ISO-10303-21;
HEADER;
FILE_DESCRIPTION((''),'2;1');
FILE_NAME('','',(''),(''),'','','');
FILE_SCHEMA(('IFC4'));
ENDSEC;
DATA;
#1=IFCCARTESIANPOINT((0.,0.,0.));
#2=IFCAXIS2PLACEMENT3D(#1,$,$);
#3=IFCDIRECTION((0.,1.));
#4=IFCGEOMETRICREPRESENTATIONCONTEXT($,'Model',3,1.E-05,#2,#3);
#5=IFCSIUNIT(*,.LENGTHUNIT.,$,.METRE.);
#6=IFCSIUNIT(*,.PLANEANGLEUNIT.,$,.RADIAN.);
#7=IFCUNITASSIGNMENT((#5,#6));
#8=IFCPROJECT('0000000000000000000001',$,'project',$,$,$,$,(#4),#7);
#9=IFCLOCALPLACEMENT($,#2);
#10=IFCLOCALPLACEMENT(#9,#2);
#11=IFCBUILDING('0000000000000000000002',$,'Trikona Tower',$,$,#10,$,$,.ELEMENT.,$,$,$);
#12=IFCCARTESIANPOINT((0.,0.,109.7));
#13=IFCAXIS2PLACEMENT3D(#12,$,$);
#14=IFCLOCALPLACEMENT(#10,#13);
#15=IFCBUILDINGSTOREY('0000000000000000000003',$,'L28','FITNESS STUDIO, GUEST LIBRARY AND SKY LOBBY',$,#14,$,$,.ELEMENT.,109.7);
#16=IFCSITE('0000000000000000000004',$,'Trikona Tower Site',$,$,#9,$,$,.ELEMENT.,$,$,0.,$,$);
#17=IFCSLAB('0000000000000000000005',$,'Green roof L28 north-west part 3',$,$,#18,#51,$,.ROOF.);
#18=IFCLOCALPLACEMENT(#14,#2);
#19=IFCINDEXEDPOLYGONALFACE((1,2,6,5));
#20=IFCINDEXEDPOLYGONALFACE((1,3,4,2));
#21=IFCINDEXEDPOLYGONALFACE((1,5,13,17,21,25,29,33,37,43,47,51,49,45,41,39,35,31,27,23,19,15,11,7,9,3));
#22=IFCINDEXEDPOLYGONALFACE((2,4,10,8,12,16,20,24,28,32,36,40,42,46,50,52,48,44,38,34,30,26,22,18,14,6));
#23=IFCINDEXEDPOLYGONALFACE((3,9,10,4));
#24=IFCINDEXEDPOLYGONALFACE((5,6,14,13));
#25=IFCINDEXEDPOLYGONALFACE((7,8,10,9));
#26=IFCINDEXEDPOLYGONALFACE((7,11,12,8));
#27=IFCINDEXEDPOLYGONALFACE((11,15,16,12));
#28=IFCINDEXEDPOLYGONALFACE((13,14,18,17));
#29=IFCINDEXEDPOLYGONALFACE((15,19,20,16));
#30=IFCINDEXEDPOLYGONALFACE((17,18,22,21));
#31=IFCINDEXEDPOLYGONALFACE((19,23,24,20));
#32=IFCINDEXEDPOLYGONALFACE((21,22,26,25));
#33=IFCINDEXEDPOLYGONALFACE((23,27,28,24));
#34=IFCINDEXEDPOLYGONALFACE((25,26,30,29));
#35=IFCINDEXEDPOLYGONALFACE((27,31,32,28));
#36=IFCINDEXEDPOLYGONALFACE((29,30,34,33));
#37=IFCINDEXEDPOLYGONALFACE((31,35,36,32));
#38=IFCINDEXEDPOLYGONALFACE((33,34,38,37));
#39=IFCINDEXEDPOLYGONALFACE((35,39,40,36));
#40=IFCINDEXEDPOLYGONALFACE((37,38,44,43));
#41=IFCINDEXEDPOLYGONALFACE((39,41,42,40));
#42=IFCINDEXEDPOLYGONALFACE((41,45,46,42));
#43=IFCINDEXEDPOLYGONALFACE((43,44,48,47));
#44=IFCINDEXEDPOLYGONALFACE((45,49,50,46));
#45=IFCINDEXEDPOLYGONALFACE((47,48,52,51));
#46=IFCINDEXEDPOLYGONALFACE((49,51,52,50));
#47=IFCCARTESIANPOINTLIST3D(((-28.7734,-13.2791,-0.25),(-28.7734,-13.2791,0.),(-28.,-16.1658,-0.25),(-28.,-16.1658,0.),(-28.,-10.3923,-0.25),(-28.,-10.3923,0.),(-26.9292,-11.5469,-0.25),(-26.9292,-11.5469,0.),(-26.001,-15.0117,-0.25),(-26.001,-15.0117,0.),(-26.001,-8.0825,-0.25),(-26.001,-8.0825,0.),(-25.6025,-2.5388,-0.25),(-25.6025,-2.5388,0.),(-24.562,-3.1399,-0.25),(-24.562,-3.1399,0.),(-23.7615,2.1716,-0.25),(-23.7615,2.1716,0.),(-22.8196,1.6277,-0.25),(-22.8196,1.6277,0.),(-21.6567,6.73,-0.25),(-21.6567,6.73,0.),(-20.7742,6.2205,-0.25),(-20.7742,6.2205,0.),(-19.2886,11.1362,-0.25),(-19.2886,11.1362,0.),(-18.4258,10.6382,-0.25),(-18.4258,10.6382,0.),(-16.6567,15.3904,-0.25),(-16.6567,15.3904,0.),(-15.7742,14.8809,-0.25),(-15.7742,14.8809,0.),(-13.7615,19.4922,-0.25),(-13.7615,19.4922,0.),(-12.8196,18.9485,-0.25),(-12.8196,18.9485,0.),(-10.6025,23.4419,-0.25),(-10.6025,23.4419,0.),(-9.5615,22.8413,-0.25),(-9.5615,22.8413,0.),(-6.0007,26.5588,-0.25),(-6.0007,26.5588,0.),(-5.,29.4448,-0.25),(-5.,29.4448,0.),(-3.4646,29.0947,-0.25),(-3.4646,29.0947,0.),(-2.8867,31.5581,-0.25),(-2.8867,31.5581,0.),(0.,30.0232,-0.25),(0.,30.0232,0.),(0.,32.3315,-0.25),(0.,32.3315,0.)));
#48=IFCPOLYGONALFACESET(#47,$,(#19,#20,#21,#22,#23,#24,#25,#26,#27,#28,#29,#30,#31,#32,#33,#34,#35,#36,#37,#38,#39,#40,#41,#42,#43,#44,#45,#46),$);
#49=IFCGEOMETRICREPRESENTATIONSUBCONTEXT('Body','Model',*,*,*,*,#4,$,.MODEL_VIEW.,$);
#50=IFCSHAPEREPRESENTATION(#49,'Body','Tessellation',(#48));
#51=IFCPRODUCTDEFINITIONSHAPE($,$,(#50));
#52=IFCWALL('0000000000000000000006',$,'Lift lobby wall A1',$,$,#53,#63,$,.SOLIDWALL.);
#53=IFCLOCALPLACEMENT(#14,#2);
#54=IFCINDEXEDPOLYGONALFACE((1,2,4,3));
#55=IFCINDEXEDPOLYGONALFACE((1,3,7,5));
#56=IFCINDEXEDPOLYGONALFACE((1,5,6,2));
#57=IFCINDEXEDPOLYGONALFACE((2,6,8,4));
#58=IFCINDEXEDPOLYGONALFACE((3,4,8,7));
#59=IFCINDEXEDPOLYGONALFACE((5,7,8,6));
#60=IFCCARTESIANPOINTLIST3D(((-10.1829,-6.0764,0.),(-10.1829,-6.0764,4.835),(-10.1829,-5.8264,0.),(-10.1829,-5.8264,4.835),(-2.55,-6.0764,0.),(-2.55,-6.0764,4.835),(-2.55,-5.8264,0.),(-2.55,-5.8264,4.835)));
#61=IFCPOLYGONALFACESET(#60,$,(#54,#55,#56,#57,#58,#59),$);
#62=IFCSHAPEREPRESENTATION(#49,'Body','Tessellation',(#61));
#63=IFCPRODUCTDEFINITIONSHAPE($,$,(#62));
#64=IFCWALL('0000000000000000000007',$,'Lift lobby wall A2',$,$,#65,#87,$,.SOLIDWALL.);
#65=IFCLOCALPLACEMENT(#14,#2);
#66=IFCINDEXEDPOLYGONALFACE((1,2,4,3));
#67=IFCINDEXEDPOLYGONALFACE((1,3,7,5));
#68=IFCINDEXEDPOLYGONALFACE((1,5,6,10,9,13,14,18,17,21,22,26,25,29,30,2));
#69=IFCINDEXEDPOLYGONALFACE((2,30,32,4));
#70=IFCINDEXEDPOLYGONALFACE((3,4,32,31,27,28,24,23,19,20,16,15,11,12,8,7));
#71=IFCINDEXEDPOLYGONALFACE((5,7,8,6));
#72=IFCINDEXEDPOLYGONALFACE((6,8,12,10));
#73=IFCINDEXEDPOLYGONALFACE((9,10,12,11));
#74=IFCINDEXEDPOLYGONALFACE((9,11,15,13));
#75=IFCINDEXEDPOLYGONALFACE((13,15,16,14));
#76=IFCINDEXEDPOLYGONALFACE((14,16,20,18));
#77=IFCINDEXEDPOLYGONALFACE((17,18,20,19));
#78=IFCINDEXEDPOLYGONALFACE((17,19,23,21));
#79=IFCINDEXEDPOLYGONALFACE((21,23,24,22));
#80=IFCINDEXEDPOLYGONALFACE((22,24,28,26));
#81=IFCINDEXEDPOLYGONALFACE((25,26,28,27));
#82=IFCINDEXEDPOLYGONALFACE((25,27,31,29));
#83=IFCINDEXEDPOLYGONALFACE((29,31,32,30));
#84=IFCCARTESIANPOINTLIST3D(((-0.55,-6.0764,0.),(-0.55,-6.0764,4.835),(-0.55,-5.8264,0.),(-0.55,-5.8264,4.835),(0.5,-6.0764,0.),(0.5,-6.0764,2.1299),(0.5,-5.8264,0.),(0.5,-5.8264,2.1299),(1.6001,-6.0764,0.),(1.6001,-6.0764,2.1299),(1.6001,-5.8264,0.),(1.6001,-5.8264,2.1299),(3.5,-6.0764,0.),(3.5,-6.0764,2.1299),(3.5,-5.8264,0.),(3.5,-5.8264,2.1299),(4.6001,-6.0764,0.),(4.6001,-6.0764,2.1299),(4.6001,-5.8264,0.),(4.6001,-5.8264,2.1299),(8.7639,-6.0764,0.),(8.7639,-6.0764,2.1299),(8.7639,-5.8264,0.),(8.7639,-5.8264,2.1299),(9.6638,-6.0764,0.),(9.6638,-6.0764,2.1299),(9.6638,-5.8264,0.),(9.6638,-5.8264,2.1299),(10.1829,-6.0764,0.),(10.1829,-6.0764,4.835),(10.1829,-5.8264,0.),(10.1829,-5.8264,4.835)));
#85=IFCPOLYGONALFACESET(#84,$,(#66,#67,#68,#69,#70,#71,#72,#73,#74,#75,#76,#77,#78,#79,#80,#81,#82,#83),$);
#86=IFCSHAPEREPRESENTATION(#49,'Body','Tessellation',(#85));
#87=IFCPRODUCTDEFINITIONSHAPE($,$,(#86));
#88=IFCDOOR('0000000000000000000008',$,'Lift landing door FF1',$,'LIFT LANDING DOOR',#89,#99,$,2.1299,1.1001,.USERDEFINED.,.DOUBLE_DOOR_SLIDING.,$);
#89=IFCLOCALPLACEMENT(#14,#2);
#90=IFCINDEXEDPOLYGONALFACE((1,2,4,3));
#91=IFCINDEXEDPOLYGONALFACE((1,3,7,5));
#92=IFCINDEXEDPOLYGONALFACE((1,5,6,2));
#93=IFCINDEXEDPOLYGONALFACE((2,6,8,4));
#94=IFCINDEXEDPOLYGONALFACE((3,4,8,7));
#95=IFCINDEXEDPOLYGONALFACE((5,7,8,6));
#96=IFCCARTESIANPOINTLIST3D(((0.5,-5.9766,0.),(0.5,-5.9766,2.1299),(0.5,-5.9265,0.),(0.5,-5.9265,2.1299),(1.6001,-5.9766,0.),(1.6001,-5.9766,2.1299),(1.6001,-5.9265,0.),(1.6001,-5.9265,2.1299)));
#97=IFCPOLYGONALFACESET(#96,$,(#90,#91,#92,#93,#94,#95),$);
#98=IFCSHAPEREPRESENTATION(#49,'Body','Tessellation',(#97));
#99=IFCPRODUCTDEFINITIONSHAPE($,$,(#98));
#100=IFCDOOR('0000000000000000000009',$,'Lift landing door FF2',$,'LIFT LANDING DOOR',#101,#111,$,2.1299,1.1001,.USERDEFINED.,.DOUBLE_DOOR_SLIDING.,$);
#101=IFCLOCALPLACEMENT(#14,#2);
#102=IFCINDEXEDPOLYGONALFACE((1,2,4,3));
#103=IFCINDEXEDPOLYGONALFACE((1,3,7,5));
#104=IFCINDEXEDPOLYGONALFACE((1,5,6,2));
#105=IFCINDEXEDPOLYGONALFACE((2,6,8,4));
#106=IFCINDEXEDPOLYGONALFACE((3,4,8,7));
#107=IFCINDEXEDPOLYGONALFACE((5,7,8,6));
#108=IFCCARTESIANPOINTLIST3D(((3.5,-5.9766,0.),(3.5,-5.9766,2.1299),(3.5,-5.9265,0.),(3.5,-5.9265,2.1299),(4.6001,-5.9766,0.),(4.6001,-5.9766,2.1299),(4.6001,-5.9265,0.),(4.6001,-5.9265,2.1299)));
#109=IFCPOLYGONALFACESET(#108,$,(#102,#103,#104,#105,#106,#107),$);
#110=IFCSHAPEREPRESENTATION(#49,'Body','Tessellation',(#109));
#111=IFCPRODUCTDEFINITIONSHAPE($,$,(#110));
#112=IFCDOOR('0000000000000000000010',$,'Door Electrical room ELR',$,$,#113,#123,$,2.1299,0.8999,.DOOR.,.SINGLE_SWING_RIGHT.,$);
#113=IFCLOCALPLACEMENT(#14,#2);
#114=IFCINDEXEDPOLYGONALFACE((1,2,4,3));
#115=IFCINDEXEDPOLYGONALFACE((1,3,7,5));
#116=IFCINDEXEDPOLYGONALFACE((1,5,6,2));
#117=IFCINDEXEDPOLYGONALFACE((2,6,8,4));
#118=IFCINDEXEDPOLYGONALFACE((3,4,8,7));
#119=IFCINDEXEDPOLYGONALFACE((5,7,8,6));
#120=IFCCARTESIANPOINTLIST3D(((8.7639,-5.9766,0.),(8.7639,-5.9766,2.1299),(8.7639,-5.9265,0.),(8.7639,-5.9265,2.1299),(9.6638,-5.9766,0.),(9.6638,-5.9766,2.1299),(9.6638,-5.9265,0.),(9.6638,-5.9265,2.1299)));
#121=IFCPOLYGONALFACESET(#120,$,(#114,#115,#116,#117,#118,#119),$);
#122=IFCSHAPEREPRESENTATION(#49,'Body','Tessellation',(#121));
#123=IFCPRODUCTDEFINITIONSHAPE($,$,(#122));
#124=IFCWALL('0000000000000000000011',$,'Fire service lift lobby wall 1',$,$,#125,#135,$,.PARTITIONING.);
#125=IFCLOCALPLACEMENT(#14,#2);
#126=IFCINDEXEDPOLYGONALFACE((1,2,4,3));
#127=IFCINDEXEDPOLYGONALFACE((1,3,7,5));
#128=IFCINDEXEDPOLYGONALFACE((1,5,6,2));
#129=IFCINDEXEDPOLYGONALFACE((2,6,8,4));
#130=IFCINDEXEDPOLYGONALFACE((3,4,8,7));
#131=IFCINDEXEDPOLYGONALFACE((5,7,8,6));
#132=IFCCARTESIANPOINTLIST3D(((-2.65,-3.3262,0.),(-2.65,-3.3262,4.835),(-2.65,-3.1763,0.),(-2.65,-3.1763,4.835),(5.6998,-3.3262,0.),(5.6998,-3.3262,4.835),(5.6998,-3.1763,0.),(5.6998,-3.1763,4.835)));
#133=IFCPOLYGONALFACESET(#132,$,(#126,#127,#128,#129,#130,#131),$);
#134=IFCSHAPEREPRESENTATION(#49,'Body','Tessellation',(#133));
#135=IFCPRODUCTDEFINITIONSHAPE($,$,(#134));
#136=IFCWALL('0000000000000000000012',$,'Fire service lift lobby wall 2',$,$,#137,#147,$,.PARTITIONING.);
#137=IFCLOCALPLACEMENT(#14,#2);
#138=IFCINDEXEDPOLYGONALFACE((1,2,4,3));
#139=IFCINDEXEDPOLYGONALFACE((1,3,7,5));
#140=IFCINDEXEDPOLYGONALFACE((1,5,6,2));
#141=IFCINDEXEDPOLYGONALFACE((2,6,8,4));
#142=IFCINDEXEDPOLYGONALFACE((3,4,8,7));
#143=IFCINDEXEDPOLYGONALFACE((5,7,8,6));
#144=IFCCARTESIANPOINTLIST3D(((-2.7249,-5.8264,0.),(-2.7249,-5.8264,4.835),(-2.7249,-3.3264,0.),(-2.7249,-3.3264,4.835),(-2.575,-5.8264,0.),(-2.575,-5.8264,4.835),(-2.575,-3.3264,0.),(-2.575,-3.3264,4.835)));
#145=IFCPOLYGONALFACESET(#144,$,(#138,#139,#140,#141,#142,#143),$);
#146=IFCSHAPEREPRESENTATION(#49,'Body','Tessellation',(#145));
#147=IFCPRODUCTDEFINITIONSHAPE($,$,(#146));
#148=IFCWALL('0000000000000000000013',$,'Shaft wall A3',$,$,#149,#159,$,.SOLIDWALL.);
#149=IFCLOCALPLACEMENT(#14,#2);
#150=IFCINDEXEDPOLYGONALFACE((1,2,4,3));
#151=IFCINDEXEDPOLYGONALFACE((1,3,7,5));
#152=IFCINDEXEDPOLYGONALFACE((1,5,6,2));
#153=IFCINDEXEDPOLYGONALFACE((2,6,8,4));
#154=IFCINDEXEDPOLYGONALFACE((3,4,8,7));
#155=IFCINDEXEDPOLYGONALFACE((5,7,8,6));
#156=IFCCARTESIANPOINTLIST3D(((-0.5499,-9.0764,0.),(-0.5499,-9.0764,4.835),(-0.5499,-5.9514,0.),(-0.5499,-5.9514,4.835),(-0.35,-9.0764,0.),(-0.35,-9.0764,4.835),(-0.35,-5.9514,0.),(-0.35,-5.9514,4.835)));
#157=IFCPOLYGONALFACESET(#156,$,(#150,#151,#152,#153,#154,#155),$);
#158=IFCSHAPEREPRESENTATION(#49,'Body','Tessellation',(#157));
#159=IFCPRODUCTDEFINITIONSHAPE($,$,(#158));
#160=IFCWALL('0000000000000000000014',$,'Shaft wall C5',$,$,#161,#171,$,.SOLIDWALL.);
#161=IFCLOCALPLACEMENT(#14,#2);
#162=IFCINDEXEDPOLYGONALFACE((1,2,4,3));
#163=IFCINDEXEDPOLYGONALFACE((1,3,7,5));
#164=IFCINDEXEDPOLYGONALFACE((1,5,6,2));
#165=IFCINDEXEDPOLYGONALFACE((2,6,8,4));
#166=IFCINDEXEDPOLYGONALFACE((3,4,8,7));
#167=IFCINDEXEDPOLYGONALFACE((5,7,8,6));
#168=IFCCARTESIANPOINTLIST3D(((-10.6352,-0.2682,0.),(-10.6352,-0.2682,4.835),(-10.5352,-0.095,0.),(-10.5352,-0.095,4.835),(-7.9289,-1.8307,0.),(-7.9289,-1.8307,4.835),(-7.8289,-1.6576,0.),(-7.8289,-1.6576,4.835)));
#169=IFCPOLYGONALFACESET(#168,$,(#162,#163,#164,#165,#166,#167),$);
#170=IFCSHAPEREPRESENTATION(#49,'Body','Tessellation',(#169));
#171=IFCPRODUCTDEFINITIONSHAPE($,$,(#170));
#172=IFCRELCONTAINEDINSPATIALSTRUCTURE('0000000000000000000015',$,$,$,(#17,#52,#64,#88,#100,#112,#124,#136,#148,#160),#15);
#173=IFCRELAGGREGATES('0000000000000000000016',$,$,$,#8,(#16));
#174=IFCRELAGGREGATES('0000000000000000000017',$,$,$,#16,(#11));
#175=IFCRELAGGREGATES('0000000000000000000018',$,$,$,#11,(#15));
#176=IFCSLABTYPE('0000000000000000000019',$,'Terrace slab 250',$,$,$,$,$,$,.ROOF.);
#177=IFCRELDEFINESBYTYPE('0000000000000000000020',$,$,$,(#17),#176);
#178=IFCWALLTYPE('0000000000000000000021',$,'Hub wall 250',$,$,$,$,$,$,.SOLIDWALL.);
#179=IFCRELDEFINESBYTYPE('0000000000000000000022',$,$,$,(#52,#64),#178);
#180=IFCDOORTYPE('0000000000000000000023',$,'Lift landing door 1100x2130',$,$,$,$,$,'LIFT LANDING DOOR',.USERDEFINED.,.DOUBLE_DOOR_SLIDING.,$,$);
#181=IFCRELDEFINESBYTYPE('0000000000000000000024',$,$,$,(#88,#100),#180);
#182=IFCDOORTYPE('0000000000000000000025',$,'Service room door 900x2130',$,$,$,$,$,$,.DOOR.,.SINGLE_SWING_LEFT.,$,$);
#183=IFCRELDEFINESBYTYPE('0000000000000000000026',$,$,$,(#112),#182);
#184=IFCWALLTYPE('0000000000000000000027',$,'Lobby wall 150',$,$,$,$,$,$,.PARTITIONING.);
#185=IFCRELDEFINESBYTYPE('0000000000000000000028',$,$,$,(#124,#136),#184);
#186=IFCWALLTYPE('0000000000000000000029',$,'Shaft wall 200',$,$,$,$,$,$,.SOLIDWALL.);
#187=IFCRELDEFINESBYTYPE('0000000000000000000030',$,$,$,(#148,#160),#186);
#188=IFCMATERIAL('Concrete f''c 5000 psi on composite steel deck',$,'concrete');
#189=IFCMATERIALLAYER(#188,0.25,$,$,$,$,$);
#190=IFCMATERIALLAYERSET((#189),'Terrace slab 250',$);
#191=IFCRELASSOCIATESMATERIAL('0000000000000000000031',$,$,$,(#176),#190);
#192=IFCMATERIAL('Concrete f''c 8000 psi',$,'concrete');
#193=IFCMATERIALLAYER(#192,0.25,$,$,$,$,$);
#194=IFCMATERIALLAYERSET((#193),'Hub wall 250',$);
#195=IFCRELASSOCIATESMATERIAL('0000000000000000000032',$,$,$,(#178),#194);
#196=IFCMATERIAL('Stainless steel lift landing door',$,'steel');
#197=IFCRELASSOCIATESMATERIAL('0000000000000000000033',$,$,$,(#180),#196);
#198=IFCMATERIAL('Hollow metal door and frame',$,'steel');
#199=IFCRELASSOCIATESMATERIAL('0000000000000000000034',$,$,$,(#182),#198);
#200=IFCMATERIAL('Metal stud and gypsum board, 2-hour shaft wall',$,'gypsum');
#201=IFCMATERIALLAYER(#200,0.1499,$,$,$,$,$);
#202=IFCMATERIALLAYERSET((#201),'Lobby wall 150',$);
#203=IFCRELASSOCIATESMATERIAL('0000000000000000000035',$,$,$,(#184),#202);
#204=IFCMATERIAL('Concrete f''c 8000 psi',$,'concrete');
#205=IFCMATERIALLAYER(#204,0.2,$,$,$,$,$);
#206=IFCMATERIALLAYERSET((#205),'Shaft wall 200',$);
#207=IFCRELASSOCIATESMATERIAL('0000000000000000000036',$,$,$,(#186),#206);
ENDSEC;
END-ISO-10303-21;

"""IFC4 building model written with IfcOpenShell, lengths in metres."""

from ifc_helpers import new_model, si_unit, direction, frame, frame_2d, origin, place, context, subcontext, project, spatial, polyline, rectangle, outline, extrude, material, layer, layer_set, type_object, element, fill, save


model = new_model("IFC4")

# Units and contexts
model_context = context("Model", 3, precision=1e-05, world=origin(), true_north=direction((0.0, 1.0)))
body_context = subcontext(model_context, "Body", "Model", "MODEL_VIEW")
ifc_project = project(units=[si_unit("LENGTHUNIT", "METRE"), si_unit("PLANEANGLEUNIT", "RADIAN")], contexts=[model_context])

# Site, building, storey
site_placement = place(None, origin())
site = spatial("IfcSite", under=ifc_project, at=site_placement, Name="Trikona Tower Site", CompositionType="ELEMENT", RefElevation=0.0)
building_placement = place(site_placement, origin())
building = spatial("IfcBuilding", under=site, at=building_placement, Name="Trikona Tower", CompositionType="ELEMENT")
storey_placement = place(building_placement, frame((0.0, 0.0, 109.7)))
storey = spatial("IfcBuildingStorey", under=building, at=storey_placement, Name="L28", Description="FITNESS STUDIO, GUEST LIBRARY AND SKY LOBBY", CompositionType="ELEMENT", Elevation=109.7)

# Slab
ifc_material_1 = material(Name="Concrete f'c 5000 psi on composite steel deck", Category="concrete")
ifc_layer_1 = layer(ifc_material_1, 0.25)
ifc_layer_set_1 = layer_set([ifc_layer_1], Name="Terrace slab 250")
slab_type_1 = type_object("IfcSlabType", Name="Terrace slab 250", PredefinedType="ROOF", material=ifc_layer_set_1)
slab_1_placement = place(storey_placement, frame((0.0, 0.0, -0.25)))
element("IfcSlab", 1, at=slab_1_placement, inside=storey, type_object=slab_type_1, Name="Green roof L28 north-west part 3", PredefinedType="ROOF", context=body_context, shape_type="SweptSolid", body=[
    extrude(outline(polyline([(-28.0, -16.1658), (-26.001, -15.0117), (-26.9292, -11.5469), (-26.001, -8.0825), (-24.562, -3.1399), (-22.8196, 1.6277), (-20.7742, 6.2205), (-18.4258, 10.6382), (-15.7742, 14.8809), (-12.8196, 18.9485), (-9.5615, 22.8413), (-6.0007, 26.5588), (-3.4646, 29.0947), (0.0, 30.0232), (0.0, 32.3315), (-2.8867, 31.5581), (-5.0, 29.4448), (-10.6025, 23.4419), (-13.7615, 19.4922), (-16.6567, 15.3904), (-19.2886, 11.1362), (-21.6567, 6.73), (-23.7615, 2.1716), (-25.6025, -2.5388), (-28.0, -10.3923), (-28.7734, -13.2791), (-28.0, -16.1658)])), origin(), (0.0, 0.0, 1.0), 0.25),
])

# Wall
ifc_material_2 = material(Name="Concrete f'c 8000 psi", Category="concrete")
ifc_layer_2 = layer(ifc_material_2, 0.25)
ifc_layer_set_2 = layer_set([ifc_layer_2], Name="Hub wall 250")
wall_type_1 = type_object("IfcWallType", Name="Hub wall 250", PredefinedType="SOLIDWALL", material=ifc_layer_set_2)
wall_1_placement = place(storey_placement, frame((-10.1829, -5.9514, 0.0), z_axis=(0.0, 0.0, 1.0), x_axis=(1.0, 0.0, 0.0)))
element("IfcWall", 2, at=wall_1_placement, inside=storey, type_object=wall_type_1, Name="Lift lobby wall A1", PredefinedType="SOLIDWALL", context=body_context, shape_type="SweptSolid", body=[
    extrude(rectangle(XDim=7.6328, YDim=0.25, at=frame_2d((3.8164, 0.0))), origin(), (0.0, 0.0, 1.0), 4.835),
])

# Wall, openings, doors
wall_2_placement = place(storey_placement, frame((-0.55, -5.9514, 0.0), z_axis=(0.0, 0.0, 1.0), x_axis=(1.0, 0.0, 0.0)))
wall_2 = element("IfcWall", 3, at=wall_2_placement, inside=storey, type_object=wall_type_1, Name="Lift lobby wall A2", PredefinedType="SOLIDWALL", context=body_context, shape_type="SweptSolid", body=[
    extrude(rectangle(XDim=10.7329, YDim=0.25, at=frame_2d((5.3665, 0.0))), origin(), (0.0, 0.0, 1.0), 4.835),
])
opening_1_placement = place(wall_2_placement, frame((9.314, 0.0, 0.0)))
opening_1 = element("IfcOpeningElement", 4, at=opening_1_placement, cuts=wall_2, PredefinedType="OPENING", context=body_context, shape_type="SweptSolid", body=[
    extrude(rectangle(XDim=0.8999, YDim=2.1299, at=frame_2d((0.45, 1.0649))), frame((0.0, 0.135, 0.0), z_axis=(0.0, -1.0, 0.0), x_axis=(1.0, 0.0, 0.0)), (0.0, 0.0, 1.0), 0.27),
])
opening_2_placement = place(wall_2_placement, frame((1.05, 0.0, 0.0)))
opening_2 = element("IfcOpeningElement", 5, at=opening_2_placement, cuts=wall_2, PredefinedType="OPENING", context=body_context, shape_type="SweptSolid", body=[
    extrude(rectangle(XDim=1.1001, YDim=2.1299, at=frame_2d((0.55, 1.0649))), frame((0.0, 0.135, 0.0), z_axis=(0.0, -1.0, 0.0), x_axis=(1.0, 0.0, 0.0)), (0.0, 0.0, 1.0), 0.27),
])
opening_3_placement = place(wall_2_placement, frame((4.05, 0.0, 0.0)))
opening_3 = element("IfcOpeningElement", 6, at=opening_3_placement, cuts=wall_2, PredefinedType="OPENING", context=body_context, shape_type="SweptSolid", body=[
    extrude(rectangle(XDim=1.1001, YDim=2.1299, at=frame_2d((0.55, 1.0649))), frame((0.0, 0.135, 0.0), z_axis=(0.0, -1.0, 0.0), x_axis=(1.0, 0.0, 0.0)), (0.0, 0.0, 1.0), 0.27),
])
ifc_material_3 = material(Name="Stainless steel lift landing door", Category="steel")
door_type_1 = type_object("IfcDoorType", Name="Lift landing door 1100x2130", ElementType="LIFT LANDING DOOR", OperationType="DOUBLE_DOOR_SLIDING", PredefinedType="USERDEFINED", material=ifc_material_3)
door_1_placement = place(opening_2_placement, origin())
door_1 = element("IfcDoor", 7, at=door_1_placement, inside=storey, type_object=door_type_1, Name="Lift landing door FF1", ObjectType="LIFT LANDING DOOR", OperationType="DOUBLE_DOOR_SLIDING", OverallHeight=2.1299, OverallWidth=1.1001, PredefinedType="USERDEFINED", context=body_context, shape_type="SweptSolid", body=[
    extrude(rectangle(XDim=1.1001, YDim=2.1299, at=frame_2d((0.55, 1.0649))), frame((0.0, 0.0249, 0.0), z_axis=(0.0, -1.0, 0.0), x_axis=(1.0, 0.0, 0.0)), (0.0, 0.0, 1.0), 0.05),
])
fill(opening_2, door_1)
door_2_placement = place(opening_3_placement, origin())
door_2 = element("IfcDoor", 8, at=door_2_placement, inside=storey, type_object=door_type_1, Name="Lift landing door FF2", ObjectType="LIFT LANDING DOOR", OperationType="DOUBLE_DOOR_SLIDING", OverallHeight=2.1299, OverallWidth=1.1001, PredefinedType="USERDEFINED", context=body_context, shape_type="SweptSolid", body=[
    extrude(rectangle(XDim=1.1001, YDim=2.1299, at=frame_2d((0.55, 1.0649))), frame((0.0, 0.0249, 0.0), z_axis=(0.0, -1.0, 0.0), x_axis=(1.0, 0.0, 0.0)), (0.0, 0.0, 1.0), 0.05),
])
fill(opening_3, door_2)
ifc_material_4 = material(Name="Hollow metal door and frame", Category="steel")
door_type_2 = type_object("IfcDoorType", Name="Service room door 900x2130", OperationType="SINGLE_SWING_LEFT", PredefinedType="DOOR", material=ifc_material_4)
door_3_placement = place(opening_1_placement, origin())
door_3 = element("IfcDoor", 9, at=door_3_placement, inside=storey, type_object=door_type_2, Name="Door Electrical room ELR", OperationType="SINGLE_SWING_RIGHT", OverallHeight=2.1299, OverallWidth=0.8999, PredefinedType="DOOR", context=body_context, shape_type="SweptSolid", body=[
    extrude(rectangle(XDim=0.8999, YDim=2.1299, at=frame_2d((0.45, 1.0649))), frame((0.0, 0.0249, 0.0), z_axis=(0.0, -1.0, 0.0), x_axis=(1.0, 0.0, 0.0)), (0.0, 0.0, 1.0), 0.05),
])
fill(opening_1, door_3)

# Walls
ifc_material_5 = material(Name="Metal stud and gypsum board, 2-hour shaft wall", Category="gypsum")
ifc_layer_3 = layer(ifc_material_5, 0.1499)
ifc_layer_set_3 = layer_set([ifc_layer_3], Name="Lobby wall 150")
wall_type_2 = type_object("IfcWallType", Name="Lobby wall 150", PredefinedType="PARTITIONING", material=ifc_layer_set_3)
wall_3_placement = place(storey_placement, frame((-2.6499, -3.2512, 0.0), z_axis=(0.0, 0.0, 1.0), x_axis=(1.0, 0.0, 0.0)))
element("IfcWall", 10, at=wall_3_placement, inside=storey, type_object=wall_type_2, Name="Fire service lift lobby wall 1", PredefinedType="PARTITIONING", context=body_context, shape_type="SweptSolid", body=[
    extrude(rectangle(XDim=8.3499, YDim=0.1499, at=frame_2d((4.1748, 0.0))), origin(), (0.0, 0.0, 1.0), 4.835),
])
wall_4_placement = place(storey_placement, frame((-2.6499, -5.8264, 0.0), z_axis=(0.0, 0.0, 1.0), x_axis=(0.0, 1.0, 0.0)))
element("IfcWall", 11, at=wall_4_placement, inside=storey, type_object=wall_type_2, Name="Fire service lift lobby wall 2", PredefinedType="PARTITIONING", context=body_context, shape_type="SweptSolid", body=[
    extrude(rectangle(XDim=2.5, YDim=0.1499, at=frame_2d((1.25, 0.0))), origin(), (0.0, 0.0, 1.0), 4.835),
])
ifc_material_6 = material(Name="Concrete f'c 8000 psi", Category="concrete")
ifc_layer_4 = layer(ifc_material_6, 0.2)
ifc_layer_set_4 = layer_set([ifc_layer_4], Name="Shaft wall 200")
wall_type_3 = type_object("IfcWallType", Name="Shaft wall 200", PredefinedType="SOLIDWALL", material=ifc_layer_set_4)
for number, where, z_axis, x_axis, name in (
    (12, (-0.45, -5.9514, 0.0), (0.0, 0.0, 1.0), (0.0, -1.0, 0.0), "Shaft wall A3"),
    (13, (-7.8789, -1.7441, 0.0), (0.0, 0.0, 1.0), (-0.866023, 0.500004, 0.0), "Shaft wall C5"),
):
    element("IfcWall", number, at=place(storey_placement, frame(where, z_axis=z_axis, x_axis=x_axis)), inside=storey, type_object=wall_type_3, Name=name, PredefinedType="SOLIDWALL", context=body_context, shape_type="SweptSolid", body=[
        extrude(rectangle(XDim=3.125, YDim=0.2, at=frame_2d((1.5625, 0.0))), origin(), (0.0, 0.0, 1.0), 4.835),
    ])

save(model, "model.ifc")
